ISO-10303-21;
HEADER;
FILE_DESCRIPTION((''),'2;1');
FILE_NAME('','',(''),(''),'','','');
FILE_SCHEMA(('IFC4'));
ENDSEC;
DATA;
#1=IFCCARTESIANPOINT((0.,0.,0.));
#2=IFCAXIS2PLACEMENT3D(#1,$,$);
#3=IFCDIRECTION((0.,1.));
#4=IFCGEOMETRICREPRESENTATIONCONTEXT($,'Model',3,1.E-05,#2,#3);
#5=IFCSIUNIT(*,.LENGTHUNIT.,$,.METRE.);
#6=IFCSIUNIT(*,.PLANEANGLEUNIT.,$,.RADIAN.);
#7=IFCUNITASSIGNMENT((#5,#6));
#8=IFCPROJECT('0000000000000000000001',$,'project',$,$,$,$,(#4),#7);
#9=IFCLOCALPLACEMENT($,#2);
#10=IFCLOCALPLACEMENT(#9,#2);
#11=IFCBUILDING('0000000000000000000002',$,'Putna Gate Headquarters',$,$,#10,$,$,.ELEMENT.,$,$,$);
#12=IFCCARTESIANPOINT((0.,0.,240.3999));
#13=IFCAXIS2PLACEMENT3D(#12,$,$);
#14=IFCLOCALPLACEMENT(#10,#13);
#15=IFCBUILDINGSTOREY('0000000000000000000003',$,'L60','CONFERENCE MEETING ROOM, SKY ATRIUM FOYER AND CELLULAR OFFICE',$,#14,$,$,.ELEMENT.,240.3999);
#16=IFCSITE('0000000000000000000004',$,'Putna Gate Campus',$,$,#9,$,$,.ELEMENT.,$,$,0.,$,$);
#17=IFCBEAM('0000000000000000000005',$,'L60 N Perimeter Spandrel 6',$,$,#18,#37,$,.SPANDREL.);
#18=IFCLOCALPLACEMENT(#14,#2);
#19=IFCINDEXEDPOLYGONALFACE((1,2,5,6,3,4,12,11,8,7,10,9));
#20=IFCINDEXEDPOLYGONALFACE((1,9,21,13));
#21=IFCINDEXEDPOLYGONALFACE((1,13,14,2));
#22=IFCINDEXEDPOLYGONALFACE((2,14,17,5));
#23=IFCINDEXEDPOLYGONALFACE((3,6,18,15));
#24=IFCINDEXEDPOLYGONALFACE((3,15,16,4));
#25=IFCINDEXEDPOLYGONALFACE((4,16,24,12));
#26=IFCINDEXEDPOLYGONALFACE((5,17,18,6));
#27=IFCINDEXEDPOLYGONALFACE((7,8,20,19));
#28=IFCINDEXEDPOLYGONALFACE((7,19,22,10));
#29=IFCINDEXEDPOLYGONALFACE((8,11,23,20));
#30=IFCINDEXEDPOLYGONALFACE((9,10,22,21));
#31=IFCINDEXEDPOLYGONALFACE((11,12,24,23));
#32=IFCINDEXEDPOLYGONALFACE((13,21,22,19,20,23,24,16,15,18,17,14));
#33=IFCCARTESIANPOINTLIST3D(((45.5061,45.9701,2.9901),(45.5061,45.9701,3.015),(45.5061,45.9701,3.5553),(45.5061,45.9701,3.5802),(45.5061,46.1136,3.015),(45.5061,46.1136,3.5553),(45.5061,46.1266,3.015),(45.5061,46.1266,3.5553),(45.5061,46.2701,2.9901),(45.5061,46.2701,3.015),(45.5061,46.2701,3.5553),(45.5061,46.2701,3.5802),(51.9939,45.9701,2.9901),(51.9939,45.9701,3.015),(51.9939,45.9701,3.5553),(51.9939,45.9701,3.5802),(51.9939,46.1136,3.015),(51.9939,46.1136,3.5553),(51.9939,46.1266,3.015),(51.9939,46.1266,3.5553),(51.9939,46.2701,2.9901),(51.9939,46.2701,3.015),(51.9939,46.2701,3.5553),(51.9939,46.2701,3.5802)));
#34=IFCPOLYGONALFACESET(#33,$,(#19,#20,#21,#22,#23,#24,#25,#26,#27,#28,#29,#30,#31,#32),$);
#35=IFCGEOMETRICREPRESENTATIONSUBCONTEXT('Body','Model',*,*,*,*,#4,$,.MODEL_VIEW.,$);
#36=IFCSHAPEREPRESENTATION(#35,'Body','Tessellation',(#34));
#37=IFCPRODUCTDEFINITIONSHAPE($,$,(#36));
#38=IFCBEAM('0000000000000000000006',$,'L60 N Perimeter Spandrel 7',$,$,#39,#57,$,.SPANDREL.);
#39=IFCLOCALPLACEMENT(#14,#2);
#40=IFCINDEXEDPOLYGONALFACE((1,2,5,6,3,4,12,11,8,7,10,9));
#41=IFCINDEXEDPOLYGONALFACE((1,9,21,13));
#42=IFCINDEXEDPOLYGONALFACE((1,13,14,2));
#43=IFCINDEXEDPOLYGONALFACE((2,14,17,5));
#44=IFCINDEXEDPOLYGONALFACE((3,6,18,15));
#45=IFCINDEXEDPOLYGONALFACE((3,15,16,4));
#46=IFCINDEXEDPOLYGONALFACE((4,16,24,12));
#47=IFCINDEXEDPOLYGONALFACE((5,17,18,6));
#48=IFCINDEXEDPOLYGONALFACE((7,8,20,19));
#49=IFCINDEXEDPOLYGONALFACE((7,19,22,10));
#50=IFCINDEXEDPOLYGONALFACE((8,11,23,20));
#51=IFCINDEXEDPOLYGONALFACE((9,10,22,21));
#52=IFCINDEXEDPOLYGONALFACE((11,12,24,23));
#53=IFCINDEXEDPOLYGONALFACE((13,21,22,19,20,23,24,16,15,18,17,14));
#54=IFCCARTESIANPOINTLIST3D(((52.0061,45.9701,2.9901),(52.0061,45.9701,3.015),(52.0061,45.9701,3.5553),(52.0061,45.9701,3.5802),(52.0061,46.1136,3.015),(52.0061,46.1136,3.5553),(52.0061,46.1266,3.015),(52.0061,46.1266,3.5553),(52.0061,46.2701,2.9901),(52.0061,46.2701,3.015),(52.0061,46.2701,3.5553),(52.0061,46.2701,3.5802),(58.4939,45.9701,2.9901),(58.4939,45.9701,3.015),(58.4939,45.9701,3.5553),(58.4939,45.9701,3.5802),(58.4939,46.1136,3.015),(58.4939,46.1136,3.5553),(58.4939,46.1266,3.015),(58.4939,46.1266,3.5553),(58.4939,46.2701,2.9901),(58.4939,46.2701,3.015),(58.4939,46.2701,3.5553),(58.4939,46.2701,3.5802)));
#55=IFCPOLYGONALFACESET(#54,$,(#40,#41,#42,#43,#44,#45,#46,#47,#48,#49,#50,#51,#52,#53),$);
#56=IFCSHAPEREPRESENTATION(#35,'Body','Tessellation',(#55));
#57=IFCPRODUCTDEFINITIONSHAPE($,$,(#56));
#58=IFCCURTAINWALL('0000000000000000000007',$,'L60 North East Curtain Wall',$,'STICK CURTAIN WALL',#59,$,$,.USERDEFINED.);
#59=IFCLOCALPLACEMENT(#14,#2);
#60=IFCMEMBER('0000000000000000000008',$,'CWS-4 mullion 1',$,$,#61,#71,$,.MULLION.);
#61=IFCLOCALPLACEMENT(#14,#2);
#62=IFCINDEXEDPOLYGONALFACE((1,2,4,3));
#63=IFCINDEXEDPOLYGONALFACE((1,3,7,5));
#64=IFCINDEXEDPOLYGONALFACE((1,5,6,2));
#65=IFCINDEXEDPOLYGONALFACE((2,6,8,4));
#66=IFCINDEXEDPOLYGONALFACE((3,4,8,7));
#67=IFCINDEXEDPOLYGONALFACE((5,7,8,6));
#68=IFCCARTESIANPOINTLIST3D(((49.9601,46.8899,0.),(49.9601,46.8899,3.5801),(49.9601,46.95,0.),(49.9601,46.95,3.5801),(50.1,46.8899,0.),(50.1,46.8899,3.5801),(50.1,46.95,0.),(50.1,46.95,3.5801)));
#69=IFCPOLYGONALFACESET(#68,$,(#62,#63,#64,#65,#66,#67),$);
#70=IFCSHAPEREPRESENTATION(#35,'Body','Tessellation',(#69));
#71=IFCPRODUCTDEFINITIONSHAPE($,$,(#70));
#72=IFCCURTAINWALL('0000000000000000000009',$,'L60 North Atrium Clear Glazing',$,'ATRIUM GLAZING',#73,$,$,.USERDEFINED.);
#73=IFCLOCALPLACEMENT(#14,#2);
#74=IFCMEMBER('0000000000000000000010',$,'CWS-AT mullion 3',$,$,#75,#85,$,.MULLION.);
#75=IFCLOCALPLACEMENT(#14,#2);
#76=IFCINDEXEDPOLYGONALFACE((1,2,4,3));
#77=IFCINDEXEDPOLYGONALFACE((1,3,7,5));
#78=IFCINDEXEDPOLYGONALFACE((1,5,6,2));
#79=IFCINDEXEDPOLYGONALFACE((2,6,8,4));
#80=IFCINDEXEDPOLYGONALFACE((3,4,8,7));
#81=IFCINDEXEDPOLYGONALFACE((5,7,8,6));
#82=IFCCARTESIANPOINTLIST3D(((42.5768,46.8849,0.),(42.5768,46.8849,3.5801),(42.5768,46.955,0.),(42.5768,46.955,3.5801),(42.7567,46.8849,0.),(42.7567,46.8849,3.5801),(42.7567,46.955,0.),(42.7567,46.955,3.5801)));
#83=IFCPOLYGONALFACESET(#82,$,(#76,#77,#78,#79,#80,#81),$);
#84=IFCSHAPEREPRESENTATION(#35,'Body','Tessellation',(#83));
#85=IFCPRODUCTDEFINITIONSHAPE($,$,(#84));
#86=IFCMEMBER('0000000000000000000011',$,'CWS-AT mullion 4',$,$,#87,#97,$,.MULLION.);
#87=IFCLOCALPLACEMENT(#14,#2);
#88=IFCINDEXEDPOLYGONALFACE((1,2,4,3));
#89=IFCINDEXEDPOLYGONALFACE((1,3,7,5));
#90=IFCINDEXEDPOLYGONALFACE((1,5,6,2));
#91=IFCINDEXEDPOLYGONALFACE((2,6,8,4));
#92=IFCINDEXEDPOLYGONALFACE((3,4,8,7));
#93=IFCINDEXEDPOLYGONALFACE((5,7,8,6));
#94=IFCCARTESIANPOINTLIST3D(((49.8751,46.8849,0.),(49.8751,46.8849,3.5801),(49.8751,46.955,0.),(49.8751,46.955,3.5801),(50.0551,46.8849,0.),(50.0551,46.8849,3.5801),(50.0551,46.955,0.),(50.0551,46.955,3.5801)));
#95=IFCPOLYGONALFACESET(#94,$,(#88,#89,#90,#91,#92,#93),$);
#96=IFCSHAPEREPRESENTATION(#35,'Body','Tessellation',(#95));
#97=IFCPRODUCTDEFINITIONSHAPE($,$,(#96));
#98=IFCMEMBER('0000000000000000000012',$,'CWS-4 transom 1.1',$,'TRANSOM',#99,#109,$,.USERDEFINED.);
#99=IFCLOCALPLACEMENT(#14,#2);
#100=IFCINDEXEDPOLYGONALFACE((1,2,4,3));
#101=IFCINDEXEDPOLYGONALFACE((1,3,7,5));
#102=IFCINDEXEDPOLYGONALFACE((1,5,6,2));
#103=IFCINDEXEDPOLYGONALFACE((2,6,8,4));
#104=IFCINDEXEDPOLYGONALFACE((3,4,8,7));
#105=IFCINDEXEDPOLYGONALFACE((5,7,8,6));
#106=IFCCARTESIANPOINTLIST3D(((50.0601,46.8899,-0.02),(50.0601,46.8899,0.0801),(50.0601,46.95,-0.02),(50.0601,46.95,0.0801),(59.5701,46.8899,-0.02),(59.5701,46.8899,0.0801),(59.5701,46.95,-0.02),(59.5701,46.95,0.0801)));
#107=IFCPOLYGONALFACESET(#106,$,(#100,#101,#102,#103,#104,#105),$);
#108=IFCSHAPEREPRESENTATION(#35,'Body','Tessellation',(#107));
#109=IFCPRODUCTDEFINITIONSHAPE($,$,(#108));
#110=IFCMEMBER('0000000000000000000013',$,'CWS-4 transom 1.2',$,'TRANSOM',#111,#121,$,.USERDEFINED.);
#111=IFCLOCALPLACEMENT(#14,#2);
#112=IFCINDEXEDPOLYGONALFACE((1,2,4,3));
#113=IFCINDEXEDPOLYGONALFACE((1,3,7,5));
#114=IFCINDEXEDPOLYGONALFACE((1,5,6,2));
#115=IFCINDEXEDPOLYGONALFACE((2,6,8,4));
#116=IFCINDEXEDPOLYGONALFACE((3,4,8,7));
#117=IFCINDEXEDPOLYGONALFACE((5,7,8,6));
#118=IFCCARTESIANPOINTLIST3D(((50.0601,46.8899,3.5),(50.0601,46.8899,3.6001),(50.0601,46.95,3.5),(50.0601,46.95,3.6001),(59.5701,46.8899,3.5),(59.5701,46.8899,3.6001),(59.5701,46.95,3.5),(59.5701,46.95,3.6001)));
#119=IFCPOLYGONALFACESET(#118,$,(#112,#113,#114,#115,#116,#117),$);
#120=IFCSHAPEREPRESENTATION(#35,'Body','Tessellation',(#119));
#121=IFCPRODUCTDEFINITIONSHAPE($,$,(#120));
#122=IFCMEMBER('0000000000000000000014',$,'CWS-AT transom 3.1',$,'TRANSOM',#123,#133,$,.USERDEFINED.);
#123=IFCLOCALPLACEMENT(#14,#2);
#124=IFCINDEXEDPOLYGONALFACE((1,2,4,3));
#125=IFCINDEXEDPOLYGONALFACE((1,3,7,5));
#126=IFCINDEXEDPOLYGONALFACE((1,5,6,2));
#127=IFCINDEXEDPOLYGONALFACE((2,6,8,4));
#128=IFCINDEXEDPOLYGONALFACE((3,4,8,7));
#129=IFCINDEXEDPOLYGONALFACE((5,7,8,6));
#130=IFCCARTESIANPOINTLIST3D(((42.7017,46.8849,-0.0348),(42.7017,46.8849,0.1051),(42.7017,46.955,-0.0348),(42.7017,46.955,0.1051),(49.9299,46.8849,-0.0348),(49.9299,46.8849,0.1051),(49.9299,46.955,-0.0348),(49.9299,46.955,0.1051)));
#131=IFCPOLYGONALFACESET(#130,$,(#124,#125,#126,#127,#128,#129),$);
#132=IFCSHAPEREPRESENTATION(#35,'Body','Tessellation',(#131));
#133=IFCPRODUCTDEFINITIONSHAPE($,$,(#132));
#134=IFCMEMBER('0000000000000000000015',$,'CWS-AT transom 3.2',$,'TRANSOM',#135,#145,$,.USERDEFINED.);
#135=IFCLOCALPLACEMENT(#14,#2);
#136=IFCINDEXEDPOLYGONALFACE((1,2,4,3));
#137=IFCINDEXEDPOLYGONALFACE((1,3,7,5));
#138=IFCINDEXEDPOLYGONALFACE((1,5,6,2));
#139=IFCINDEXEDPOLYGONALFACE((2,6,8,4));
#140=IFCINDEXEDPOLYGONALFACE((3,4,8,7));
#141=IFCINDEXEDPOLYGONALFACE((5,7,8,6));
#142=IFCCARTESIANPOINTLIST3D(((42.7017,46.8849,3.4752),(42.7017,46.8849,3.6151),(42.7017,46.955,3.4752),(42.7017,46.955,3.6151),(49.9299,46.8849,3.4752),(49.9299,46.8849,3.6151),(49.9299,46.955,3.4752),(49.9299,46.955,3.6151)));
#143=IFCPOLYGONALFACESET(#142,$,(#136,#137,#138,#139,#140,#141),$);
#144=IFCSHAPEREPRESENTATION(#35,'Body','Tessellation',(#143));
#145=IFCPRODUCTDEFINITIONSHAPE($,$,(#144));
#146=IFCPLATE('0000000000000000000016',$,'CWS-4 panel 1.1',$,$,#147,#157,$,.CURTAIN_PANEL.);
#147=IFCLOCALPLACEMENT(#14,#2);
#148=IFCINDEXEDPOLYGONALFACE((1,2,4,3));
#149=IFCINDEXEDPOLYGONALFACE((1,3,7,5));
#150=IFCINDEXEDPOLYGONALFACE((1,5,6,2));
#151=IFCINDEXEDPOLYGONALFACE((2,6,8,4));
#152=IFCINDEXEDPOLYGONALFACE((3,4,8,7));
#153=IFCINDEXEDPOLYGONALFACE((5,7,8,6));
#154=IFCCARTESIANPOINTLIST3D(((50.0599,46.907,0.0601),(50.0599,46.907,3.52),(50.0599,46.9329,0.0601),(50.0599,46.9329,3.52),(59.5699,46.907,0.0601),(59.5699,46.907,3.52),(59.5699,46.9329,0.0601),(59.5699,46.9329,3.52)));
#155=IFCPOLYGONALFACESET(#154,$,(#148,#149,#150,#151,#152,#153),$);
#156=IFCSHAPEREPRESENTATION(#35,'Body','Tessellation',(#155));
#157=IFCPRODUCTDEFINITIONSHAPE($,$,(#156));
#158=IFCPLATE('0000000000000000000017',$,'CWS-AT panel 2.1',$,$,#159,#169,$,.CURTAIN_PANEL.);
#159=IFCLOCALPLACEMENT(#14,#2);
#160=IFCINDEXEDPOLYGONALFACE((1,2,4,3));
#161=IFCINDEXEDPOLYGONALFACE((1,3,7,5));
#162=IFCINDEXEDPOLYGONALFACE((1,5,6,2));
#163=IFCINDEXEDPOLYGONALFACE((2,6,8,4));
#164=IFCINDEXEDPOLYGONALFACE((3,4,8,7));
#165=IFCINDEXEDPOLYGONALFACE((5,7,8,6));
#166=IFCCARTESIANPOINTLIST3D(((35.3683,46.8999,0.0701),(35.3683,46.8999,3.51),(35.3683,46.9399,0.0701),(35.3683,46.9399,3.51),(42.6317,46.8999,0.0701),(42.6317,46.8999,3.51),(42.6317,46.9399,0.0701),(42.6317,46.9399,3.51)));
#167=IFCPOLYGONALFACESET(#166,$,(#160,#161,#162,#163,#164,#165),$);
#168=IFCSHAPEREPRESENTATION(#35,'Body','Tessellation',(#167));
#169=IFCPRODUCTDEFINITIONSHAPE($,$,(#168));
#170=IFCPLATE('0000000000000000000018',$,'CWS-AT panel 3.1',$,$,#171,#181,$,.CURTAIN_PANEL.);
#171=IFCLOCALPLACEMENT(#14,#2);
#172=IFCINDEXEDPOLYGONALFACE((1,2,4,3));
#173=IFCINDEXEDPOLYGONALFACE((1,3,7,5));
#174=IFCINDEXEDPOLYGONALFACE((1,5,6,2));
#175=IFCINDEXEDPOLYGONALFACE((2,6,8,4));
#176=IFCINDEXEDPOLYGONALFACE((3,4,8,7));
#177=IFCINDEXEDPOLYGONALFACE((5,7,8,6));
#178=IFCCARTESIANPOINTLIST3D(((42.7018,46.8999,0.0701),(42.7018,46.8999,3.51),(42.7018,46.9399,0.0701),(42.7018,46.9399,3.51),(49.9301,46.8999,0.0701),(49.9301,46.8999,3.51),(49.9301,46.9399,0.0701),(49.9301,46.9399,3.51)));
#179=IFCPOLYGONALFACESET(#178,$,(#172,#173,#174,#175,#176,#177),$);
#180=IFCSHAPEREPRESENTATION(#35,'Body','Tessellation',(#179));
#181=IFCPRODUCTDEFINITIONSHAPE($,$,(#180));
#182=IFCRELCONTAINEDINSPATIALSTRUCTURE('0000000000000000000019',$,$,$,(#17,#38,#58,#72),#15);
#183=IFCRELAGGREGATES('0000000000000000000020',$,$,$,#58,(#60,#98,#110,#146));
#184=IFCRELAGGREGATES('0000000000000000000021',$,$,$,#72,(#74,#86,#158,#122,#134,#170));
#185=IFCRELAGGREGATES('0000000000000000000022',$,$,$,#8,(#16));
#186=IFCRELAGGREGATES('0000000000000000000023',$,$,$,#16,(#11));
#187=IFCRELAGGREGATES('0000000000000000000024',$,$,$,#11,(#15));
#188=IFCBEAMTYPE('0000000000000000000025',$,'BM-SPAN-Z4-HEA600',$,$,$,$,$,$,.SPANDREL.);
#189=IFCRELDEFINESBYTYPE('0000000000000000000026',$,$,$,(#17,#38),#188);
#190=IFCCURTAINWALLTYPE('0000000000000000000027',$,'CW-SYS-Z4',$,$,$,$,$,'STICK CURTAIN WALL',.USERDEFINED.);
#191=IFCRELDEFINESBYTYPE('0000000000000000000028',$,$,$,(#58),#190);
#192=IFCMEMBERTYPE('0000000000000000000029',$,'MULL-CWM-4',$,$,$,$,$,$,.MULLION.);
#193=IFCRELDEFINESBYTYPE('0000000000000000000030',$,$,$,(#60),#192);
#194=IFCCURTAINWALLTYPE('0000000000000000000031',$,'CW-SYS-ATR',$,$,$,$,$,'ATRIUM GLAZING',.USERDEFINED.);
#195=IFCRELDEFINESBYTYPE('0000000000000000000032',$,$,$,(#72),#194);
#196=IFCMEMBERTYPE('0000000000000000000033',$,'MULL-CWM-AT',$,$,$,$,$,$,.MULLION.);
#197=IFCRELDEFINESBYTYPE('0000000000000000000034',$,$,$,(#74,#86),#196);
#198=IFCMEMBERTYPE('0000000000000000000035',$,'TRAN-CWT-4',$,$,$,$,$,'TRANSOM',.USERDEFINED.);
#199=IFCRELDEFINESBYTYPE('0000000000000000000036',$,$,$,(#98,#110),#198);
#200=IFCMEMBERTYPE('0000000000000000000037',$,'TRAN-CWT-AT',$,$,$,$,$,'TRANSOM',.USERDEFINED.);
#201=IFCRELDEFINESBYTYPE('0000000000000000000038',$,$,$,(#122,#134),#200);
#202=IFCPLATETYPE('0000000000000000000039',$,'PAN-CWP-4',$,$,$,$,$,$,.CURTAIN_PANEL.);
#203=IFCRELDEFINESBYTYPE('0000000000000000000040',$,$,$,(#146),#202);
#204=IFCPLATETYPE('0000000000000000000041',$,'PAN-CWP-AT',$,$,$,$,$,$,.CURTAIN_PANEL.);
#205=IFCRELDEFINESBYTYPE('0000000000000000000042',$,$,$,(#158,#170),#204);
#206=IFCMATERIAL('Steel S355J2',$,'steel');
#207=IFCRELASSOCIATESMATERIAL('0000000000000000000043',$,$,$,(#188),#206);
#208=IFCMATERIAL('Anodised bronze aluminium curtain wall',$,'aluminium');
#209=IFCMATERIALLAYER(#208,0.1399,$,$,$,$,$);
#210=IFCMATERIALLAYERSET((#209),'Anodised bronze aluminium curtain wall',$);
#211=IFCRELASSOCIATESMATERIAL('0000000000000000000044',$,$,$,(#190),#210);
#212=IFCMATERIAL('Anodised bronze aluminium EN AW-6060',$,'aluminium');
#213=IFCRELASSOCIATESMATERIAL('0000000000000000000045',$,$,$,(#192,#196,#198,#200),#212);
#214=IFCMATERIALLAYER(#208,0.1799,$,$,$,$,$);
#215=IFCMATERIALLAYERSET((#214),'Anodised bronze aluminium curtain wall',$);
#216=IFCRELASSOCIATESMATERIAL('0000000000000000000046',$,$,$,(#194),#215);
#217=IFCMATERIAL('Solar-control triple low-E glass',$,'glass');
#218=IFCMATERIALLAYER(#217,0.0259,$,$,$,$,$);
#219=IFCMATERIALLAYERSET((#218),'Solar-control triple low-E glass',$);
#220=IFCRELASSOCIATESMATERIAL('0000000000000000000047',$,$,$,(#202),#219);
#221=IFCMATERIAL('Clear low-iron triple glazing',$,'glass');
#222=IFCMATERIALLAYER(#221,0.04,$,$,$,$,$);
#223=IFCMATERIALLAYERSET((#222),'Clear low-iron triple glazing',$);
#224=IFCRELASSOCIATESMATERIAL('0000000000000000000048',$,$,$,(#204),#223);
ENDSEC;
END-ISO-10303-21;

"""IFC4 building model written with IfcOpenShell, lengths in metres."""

from ifc_helpers import new_model, si_unit, direction, frame, origin, origin_2d, place, context, subcontext, project, spatial, rectangle, i_section, extrude, material, layer, layer_set, material_profile, profile_set, type_object, element, aggregate, save


model = new_model("IFC4")

# Units and contexts
model_context = context("Model", 3, precision=1e-05, world=origin(), true_north=direction((0.0, 1.0)))
body_context = subcontext(model_context, "Body", "Model", "MODEL_VIEW")
ifc_project = project(units=[si_unit("LENGTHUNIT", "METRE"), si_unit("PLANEANGLEUNIT", "RADIAN")], contexts=[model_context])

# Site, building, storey
site_placement = place(None, origin())
site = spatial("IfcSite", under=ifc_project, at=site_placement, Name="Putna Gate Campus", CompositionType="ELEMENT", RefElevation=0.0)
building_placement = place(site_placement, origin())
building = spatial("IfcBuilding", under=site, at=building_placement, Name="Putna Gate Headquarters", CompositionType="ELEMENT")
storey_placement = place(building_placement, frame((0.0, 0.0, 240.3999)))
storey = spatial("IfcBuildingStorey", under=building, at=storey_placement, Name="L60", Description="CONFERENCE MEETING ROOM, SKY ATRIUM FOYER AND CELLULAR OFFICE", CompositionType="ELEMENT", Elevation=240.3999)

# Beams
ifc_material_1 = material(Name="Steel S355J2", Category="steel")
ifc_material_profile_1 = material_profile(ifc_material_1, i_section(OverallWidth=0.3, OverallDepth=0.5901, WebThickness=0.0129, FlangeThickness=0.0249, at=origin_2d()), Name="Steel S355J2")
ifc_profile_set_1 = profile_set([ifc_material_profile_1], Name="Steel S355J2")
beam_type_1 = type_object("IfcBeamType", Name="BM-SPAN-Z4-HEA600", PredefinedType="SPANDREL", material=ifc_profile_set_1)
for number, where, z_axis, x_axis, name in (
    (1, (45.5061, 46.1201, 3.2852), (1.0, 0.0, 0.0), (0.0, 1.0, 0.0), "L60 N Perimeter Spandrel 6"),
    (2, (52.0061, 46.1201, 3.2852), (1.0, 0.0, 0.0), (0.0, 1.0, 0.0), "L60 N Perimeter Spandrel 7"),
):
    element("IfcBeam", number, at=place(storey_placement, frame(where, z_axis=z_axis, x_axis=x_axis)), inside=storey, type_object=beam_type_1, Name=name, PredefinedType="SPANDREL", context=body_context, shape_type="SweptSolid", body=[
        extrude(i_section(OverallWidth=0.3, OverallDepth=0.5901, WebThickness=0.0129, FlangeThickness=0.0249, at=origin_2d()), origin(), (0.0, 0.0, 1.0), 6.4878),
    ])

# Curtain wall, member
ifc_material_2 = material(Name="Anodised bronze aluminium curtain wall", Category="aluminium")
ifc_layer_1 = layer(ifc_material_2, 0.1399)
ifc_layer_set_1 = layer_set([ifc_layer_1], Name="Anodised bronze aluminium curtain wall")
curtain_wall_type_1 = type_object("IfcCurtainWallType", Name="CW-SYS-Z4", ElementType="STICK CURTAIN WALL", PredefinedType="USERDEFINED", material=ifc_layer_set_1)
curtain_wall_1_placement = place(storey_placement, origin())
curtain_wall_1 = element("IfcCurtainWall", 3, at=curtain_wall_1_placement, inside=storey, type_object=curtain_wall_type_1, Name="L60 North East Curtain Wall", ObjectType="STICK CURTAIN WALL", PredefinedType="USERDEFINED")
ifc_material_3 = material(Name="Anodised bronze aluminium EN AW-6060", Category="aluminium")
ifc_material_profile_2 = material_profile(ifc_material_3, rectangle(XDim=0.0601, YDim=0.1399, at=origin_2d()), Name="Anodised bronze aluminium EN AW-6060")
ifc_profile_set_2 = profile_set([ifc_material_profile_2], Name="Anodised bronze aluminium EN AW-6060")
member_type_1 = type_object("IfcMemberType", Name="MULL-CWM-4", PredefinedType="MULLION", material=ifc_profile_set_2)
member_1_placement = place(storey_placement, frame((50.03, 46.9199, 0.0), z_axis=(0.0, 0.0, 1.0), x_axis=(0.0, 1.0, 0.0)))
member_1 = element("IfcMember", 4, at=member_1_placement, type_object=member_type_1, Name="CWS-4 mullion 1", PredefinedType="MULLION", context=body_context, shape_type="SweptSolid", body=[
    extrude(rectangle(XDim=0.0601, YDim=0.1399, at=origin_2d()), origin(), (0.0, 0.0, 1.0), 3.5801),
])

# Curtain wall, members
ifc_layer_2 = layer(ifc_material_2, 0.1799)
ifc_layer_set_2 = layer_set([ifc_layer_2], Name="Anodised bronze aluminium curtain wall")
curtain_wall_type_2 = type_object("IfcCurtainWallType", Name="CW-SYS-ATR", ElementType="ATRIUM GLAZING", PredefinedType="USERDEFINED", material=ifc_layer_set_2)
curtain_wall_2_placement = place(storey_placement, origin())
curtain_wall_2 = element("IfcCurtainWall", 5, at=curtain_wall_2_placement, inside=storey, type_object=curtain_wall_type_2, Name="L60 North Atrium Clear Glazing", ObjectType="ATRIUM GLAZING", PredefinedType="USERDEFINED")
ifc_material_profile_3 = material_profile(ifc_material_3, rectangle(XDim=0.0701, YDim=0.1799, at=origin_2d()), Name="Anodised bronze aluminium EN AW-6060")
ifc_profile_set_3 = profile_set([ifc_material_profile_3], Name="Anodised bronze aluminium EN AW-6060")
member_type_2 = type_object("IfcMemberType", Name="MULL-CWM-AT", PredefinedType="MULLION", material=ifc_profile_set_3)
member_2_placement = place(storey_placement, frame((42.6667, 46.9199, 0.0), z_axis=(0.0, 0.0, 1.0), x_axis=(0.0, 1.0, 0.0)))
member_2 = element("IfcMember", 6, at=member_2_placement, type_object=member_type_2, Name="CWS-AT mullion 3", PredefinedType="MULLION", context=body_context, shape_type="SweptSolid", body=[
    extrude(rectangle(XDim=0.0701, YDim=0.1799, at=origin_2d()), origin(), (0.0, 0.0, 1.0), 3.5801),
])
member_3_placement = place(storey_placement, frame((49.9651, 46.9199, 0.0), z_axis=(0.0, 0.0, 1.0), x_axis=(0.0, 1.0, 0.0)))
member_3 = element("IfcMember", 7, at=member_3_placement, type_object=member_type_2, Name="CWS-AT mullion 4", PredefinedType="MULLION", context=body_context, shape_type="SweptSolid", body=[
    extrude(rectangle(XDim=0.0701, YDim=0.1799, at=origin_2d()), origin(), (0.0, 0.0, 1.0), 3.5801),
])

# Members
ifc_material_profile_4 = material_profile(ifc_material_3, rectangle(XDim=0.0601, YDim=0.1001, at=origin_2d()), Name="Anodised bronze aluminium EN AW-6060")
ifc_profile_set_4 = profile_set([ifc_material_profile_4], Name="Anodised bronze aluminium EN AW-6060")
member_type_3 = type_object("IfcMemberType", Name="TRAN-CWT-4", ElementType="TRANSOM", PredefinedType="USERDEFINED", material=ifc_profile_set_4)
member_4_placement = place(storey_placement, frame((50.0601, 46.9199, 0.03), z_axis=(1.0, 0.0, 0.0), x_axis=(0.0, 1.0, 0.0)))
member_4 = element("IfcMember", 8, at=member_4_placement, type_object=member_type_3, Name="CWS-4 transom 1.1", ObjectType="TRANSOM", PredefinedType="USERDEFINED", context=body_context, shape_type="SweptSolid", body=[
    extrude(rectangle(XDim=0.0601, YDim=0.1001, at=origin_2d()), origin(), (0.0, 0.0, 1.0), 9.51),
])
member_5_placement = place(storey_placement, frame((50.0601, 46.9199, 3.55), z_axis=(1.0, 0.0, 0.0), x_axis=(0.0, 1.0, 0.0)))
member_5 = element("IfcMember", 9, at=member_5_placement, type_object=member_type_3, Name="CWS-4 transom 1.2", ObjectType="TRANSOM", PredefinedType="USERDEFINED", context=body_context, shape_type="SweptSolid", body=[
    extrude(rectangle(XDim=0.0601, YDim=0.1001, at=origin_2d()), origin(), (0.0, 0.0, 1.0), 9.51),
])
ifc_material_profile_5 = material_profile(ifc_material_3, rectangle(XDim=0.0701, YDim=0.1399, at=origin_2d()), Name="Anodised bronze aluminium EN AW-6060")
ifc_profile_set_5 = profile_set([ifc_material_profile_5], Name="Anodised bronze aluminium EN AW-6060")
member_type_4 = type_object("IfcMemberType", Name="TRAN-CWT-AT", ElementType="TRANSOM", PredefinedType="USERDEFINED", material=ifc_profile_set_5)
member_6_placement = place(storey_placement, frame((42.7017, 46.9199, 0.0352), z_axis=(1.0, 0.0, 0.0), x_axis=(0.0, 1.0, 0.0)))
member_6 = element("IfcMember", 10, at=member_6_placement, type_object=member_type_4, Name="CWS-AT transom 3.1", ObjectType="TRANSOM", PredefinedType="USERDEFINED", context=body_context, shape_type="SweptSolid", body=[
    extrude(rectangle(XDim=0.0701, YDim=0.1399, at=origin_2d()), origin(), (0.0, 0.0, 1.0), 7.2283),
])
member_7_placement = place(storey_placement, frame((42.7017, 46.9199, 3.5452), z_axis=(1.0, 0.0, 0.0), x_axis=(0.0, 1.0, 0.0)))
member_7 = element("IfcMember", 11, at=member_7_placement, type_object=member_type_4, Name="CWS-AT transom 3.2", ObjectType="TRANSOM", PredefinedType="USERDEFINED", context=body_context, shape_type="SweptSolid", body=[
    extrude(rectangle(XDim=0.0701, YDim=0.1399, at=origin_2d()), origin(), (0.0, 0.0, 1.0), 7.2283),
])

# Plates
ifc_material_4 = material(Name="Solar-control triple low-E glass", Category="glass")
ifc_layer_3 = layer(ifc_material_4, 0.0259)
ifc_layer_set_3 = layer_set([ifc_layer_3], Name="Solar-control triple low-E glass")
plate_type_1 = type_object("IfcPlateType", Name="PAN-CWP-4", PredefinedType="CURTAIN_PANEL", material=ifc_layer_set_3)
plate_1_placement = place(storey_placement, frame((54.8149, 46.9199, 0.0601), z_axis=(0.0, 0.0, 1.0), x_axis=(1.0, 0.0, 0.0)))
plate_1 = element("IfcPlate", 12, at=plate_1_placement, type_object=plate_type_1, Name="CWS-4 panel 1.1", PredefinedType="CURTAIN_PANEL", context=body_context, shape_type="SweptSolid", body=[
    extrude(rectangle(XDim=9.51, YDim=0.0259, at=origin_2d()), origin(), (0.0, 0.0, 1.0), 3.46),
])
aggregate(curtain_wall_1, [member_1, member_4, member_5, plate_1])
ifc_material_5 = material(Name="Clear low-iron triple glazing", Category="glass")
ifc_layer_4 = layer(ifc_material_5, 0.04)
ifc_layer_set_4 = layer_set([ifc_layer_4], Name="Clear low-iron triple glazing")
plate_type_2 = type_object("IfcPlateType", Name="PAN-CWP-AT", PredefinedType="CURTAIN_PANEL", material=ifc_layer_set_4)
plate_2_placement = place(storey_placement, frame((39.0, 46.9199, 0.0701), z_axis=(0.0, 0.0, 1.0), x_axis=(1.0, 0.0, 0.0)))
plate_2 = element("IfcPlate", 13, at=plate_2_placement, type_object=plate_type_2, Name="CWS-AT panel 2.1", PredefinedType="CURTAIN_PANEL", context=body_context, shape_type="SweptSolid", body=[
    extrude(rectangle(XDim=7.2634, YDim=0.04, at=origin_2d()), origin(), (0.0, 0.0, 1.0), 3.4399),
])
plate_3_placement = place(storey_placement, frame((46.3159, 46.9199, 0.0701), z_axis=(0.0, 0.0, 1.0), x_axis=(1.0, 0.0, 0.0)))
plate_3 = element("IfcPlate", 14, at=plate_3_placement, type_object=plate_type_2, Name="CWS-AT panel 3.1", PredefinedType="CURTAIN_PANEL", context=body_context, shape_type="SweptSolid", body=[
    extrude(rectangle(XDim=7.2283, YDim=0.04, at=origin_2d()), origin(), (0.0, 0.0, 1.0), 3.4399),
])
aggregate(curtain_wall_2, [member_2, member_3, plate_2, member_6, member_7, plate_3])

save(model, "model.ifc")
